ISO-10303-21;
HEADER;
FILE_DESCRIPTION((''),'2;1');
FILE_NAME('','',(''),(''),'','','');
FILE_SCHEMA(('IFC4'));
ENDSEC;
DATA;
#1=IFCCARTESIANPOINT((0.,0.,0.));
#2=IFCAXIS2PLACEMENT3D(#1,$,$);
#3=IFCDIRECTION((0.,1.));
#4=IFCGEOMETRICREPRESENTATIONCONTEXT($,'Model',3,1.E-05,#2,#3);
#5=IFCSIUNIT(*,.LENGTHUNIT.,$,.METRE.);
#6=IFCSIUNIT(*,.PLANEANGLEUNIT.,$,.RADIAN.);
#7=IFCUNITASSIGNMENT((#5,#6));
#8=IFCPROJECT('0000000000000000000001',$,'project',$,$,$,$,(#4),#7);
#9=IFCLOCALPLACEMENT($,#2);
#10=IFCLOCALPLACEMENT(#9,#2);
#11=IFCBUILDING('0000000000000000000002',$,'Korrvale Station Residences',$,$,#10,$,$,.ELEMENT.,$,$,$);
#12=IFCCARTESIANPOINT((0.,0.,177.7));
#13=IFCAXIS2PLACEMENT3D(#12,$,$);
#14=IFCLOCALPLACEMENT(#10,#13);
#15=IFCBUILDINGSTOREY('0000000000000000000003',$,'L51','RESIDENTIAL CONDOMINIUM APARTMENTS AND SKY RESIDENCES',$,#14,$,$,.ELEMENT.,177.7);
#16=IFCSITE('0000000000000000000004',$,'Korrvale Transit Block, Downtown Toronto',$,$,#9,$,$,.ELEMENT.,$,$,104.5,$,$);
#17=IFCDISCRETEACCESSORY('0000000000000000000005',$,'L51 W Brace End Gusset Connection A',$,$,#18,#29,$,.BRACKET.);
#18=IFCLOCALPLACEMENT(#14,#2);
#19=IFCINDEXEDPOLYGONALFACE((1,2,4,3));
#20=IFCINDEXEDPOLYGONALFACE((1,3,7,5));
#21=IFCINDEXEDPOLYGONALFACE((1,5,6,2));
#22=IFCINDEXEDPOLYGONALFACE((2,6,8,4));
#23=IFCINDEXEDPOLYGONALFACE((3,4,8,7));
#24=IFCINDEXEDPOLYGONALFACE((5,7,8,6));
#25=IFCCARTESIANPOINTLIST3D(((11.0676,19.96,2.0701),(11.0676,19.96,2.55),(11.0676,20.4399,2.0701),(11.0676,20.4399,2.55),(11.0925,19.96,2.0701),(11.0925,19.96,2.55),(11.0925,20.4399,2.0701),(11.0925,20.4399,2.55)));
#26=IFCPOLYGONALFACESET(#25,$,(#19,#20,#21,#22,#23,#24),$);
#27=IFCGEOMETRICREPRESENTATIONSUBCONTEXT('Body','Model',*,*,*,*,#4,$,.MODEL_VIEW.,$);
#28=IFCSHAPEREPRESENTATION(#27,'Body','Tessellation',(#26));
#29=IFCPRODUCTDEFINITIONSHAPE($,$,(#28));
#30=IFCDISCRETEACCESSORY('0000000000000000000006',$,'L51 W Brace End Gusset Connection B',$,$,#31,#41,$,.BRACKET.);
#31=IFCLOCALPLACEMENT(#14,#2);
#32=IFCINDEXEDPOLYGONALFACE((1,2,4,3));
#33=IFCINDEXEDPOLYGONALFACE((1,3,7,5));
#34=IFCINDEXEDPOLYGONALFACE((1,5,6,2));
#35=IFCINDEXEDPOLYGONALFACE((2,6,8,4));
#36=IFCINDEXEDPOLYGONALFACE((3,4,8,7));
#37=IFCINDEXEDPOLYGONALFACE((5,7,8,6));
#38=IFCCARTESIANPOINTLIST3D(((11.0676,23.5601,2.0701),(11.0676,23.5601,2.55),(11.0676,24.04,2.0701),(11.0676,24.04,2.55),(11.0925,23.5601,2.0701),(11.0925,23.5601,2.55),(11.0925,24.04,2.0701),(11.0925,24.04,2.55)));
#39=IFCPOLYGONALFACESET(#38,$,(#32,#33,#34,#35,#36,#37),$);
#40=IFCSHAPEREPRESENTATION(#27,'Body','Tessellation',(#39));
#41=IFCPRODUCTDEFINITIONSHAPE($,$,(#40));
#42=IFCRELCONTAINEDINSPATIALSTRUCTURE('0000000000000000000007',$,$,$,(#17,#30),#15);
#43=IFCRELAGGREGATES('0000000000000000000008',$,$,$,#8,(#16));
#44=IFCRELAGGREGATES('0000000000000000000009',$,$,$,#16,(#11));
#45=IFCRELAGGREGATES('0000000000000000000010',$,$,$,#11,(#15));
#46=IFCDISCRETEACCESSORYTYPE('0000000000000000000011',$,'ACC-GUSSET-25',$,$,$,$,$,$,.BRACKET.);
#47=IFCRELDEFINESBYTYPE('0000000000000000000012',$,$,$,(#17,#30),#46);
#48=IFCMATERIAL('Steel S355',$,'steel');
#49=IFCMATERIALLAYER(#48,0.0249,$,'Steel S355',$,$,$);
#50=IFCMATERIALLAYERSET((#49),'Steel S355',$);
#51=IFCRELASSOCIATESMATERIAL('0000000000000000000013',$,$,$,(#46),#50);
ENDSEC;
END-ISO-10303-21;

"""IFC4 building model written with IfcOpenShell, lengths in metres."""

from ifc_helpers import new_model, si_unit, direction, frame, origin, origin_2d, place, context, subcontext, project, spatial, rectangle, extrude, material, layer, layer_set, type_object, element, save


model = new_model("IFC4")

# Units and contexts
model_context = context("Model", 3, precision=1e-05, world=origin(), true_north=direction((0.0, 1.0)))
body_context = subcontext(model_context, "Body", "Model", "MODEL_VIEW")
ifc_project = project(units=[si_unit("LENGTHUNIT", "METRE"), si_unit("PLANEANGLEUNIT", "RADIAN")], contexts=[model_context])

# Site, building, storey
site_placement = place(None, origin())
site = spatial("IfcSite", under=ifc_project, at=site_placement, Name="Korrvale Transit Block, Downtown Toronto", CompositionType="ELEMENT", RefElevation=104.5)
building_placement = place(site_placement, origin())
building = spatial("IfcBuilding", under=site, at=building_placement, Name="Korrvale Station Residences", CompositionType="ELEMENT")
storey_placement = place(building_placement, frame((0.0, 0.0, 177.7)))
storey = spatial("IfcBuildingStorey", under=building, at=storey_placement, Name="L51", Description="RESIDENTIAL CONDOMINIUM APARTMENTS AND SKY RESIDENCES", CompositionType="ELEMENT", Elevation=177.7)

# Shared definitions
ifc_material_1 = material(Name="Steel S355", Category="steel")

# Discrete accessories
ifc_layer_1 = layer(ifc_material_1, 0.0249, Name="Steel S355")
ifc_layer_set_1 = layer_set([ifc_layer_1], Name="Steel S355")
discrete_accessory_type = type_object("IfcDiscreteAccessoryType", Name="ACC-GUSSET-25", PredefinedType="BRACKET", material=ifc_layer_set_1)
for number, where, z_axis, x_axis, name in (
    (1, (11.0801, 20.2, 2.0701), (0.0, 0.0, 1.0), (0.0, 1.0, 0.0), "L51 W Brace End Gusset Connection A"),
    (2, (11.0801, 23.8, 2.0701), (0.0, 0.0, 1.0), (0.0, 1.0, 0.0), "L51 W Brace End Gusset Connection B"),
):
    element("IfcDiscreteAccessory", number, at=place(storey_placement, frame(where, z_axis=z_axis, x_axis=x_axis)), inside=storey, type_object=discrete_accessory_type, Name=name, PredefinedType="BRACKET", context=body_context, shape_type="SweptSolid", body=[
        extrude(rectangle(XDim=0.48, YDim=0.0249, at=origin_2d()), origin(), (0.0, 0.0, 1.0), 0.48),
    ])

save(model, "model.ifc")
